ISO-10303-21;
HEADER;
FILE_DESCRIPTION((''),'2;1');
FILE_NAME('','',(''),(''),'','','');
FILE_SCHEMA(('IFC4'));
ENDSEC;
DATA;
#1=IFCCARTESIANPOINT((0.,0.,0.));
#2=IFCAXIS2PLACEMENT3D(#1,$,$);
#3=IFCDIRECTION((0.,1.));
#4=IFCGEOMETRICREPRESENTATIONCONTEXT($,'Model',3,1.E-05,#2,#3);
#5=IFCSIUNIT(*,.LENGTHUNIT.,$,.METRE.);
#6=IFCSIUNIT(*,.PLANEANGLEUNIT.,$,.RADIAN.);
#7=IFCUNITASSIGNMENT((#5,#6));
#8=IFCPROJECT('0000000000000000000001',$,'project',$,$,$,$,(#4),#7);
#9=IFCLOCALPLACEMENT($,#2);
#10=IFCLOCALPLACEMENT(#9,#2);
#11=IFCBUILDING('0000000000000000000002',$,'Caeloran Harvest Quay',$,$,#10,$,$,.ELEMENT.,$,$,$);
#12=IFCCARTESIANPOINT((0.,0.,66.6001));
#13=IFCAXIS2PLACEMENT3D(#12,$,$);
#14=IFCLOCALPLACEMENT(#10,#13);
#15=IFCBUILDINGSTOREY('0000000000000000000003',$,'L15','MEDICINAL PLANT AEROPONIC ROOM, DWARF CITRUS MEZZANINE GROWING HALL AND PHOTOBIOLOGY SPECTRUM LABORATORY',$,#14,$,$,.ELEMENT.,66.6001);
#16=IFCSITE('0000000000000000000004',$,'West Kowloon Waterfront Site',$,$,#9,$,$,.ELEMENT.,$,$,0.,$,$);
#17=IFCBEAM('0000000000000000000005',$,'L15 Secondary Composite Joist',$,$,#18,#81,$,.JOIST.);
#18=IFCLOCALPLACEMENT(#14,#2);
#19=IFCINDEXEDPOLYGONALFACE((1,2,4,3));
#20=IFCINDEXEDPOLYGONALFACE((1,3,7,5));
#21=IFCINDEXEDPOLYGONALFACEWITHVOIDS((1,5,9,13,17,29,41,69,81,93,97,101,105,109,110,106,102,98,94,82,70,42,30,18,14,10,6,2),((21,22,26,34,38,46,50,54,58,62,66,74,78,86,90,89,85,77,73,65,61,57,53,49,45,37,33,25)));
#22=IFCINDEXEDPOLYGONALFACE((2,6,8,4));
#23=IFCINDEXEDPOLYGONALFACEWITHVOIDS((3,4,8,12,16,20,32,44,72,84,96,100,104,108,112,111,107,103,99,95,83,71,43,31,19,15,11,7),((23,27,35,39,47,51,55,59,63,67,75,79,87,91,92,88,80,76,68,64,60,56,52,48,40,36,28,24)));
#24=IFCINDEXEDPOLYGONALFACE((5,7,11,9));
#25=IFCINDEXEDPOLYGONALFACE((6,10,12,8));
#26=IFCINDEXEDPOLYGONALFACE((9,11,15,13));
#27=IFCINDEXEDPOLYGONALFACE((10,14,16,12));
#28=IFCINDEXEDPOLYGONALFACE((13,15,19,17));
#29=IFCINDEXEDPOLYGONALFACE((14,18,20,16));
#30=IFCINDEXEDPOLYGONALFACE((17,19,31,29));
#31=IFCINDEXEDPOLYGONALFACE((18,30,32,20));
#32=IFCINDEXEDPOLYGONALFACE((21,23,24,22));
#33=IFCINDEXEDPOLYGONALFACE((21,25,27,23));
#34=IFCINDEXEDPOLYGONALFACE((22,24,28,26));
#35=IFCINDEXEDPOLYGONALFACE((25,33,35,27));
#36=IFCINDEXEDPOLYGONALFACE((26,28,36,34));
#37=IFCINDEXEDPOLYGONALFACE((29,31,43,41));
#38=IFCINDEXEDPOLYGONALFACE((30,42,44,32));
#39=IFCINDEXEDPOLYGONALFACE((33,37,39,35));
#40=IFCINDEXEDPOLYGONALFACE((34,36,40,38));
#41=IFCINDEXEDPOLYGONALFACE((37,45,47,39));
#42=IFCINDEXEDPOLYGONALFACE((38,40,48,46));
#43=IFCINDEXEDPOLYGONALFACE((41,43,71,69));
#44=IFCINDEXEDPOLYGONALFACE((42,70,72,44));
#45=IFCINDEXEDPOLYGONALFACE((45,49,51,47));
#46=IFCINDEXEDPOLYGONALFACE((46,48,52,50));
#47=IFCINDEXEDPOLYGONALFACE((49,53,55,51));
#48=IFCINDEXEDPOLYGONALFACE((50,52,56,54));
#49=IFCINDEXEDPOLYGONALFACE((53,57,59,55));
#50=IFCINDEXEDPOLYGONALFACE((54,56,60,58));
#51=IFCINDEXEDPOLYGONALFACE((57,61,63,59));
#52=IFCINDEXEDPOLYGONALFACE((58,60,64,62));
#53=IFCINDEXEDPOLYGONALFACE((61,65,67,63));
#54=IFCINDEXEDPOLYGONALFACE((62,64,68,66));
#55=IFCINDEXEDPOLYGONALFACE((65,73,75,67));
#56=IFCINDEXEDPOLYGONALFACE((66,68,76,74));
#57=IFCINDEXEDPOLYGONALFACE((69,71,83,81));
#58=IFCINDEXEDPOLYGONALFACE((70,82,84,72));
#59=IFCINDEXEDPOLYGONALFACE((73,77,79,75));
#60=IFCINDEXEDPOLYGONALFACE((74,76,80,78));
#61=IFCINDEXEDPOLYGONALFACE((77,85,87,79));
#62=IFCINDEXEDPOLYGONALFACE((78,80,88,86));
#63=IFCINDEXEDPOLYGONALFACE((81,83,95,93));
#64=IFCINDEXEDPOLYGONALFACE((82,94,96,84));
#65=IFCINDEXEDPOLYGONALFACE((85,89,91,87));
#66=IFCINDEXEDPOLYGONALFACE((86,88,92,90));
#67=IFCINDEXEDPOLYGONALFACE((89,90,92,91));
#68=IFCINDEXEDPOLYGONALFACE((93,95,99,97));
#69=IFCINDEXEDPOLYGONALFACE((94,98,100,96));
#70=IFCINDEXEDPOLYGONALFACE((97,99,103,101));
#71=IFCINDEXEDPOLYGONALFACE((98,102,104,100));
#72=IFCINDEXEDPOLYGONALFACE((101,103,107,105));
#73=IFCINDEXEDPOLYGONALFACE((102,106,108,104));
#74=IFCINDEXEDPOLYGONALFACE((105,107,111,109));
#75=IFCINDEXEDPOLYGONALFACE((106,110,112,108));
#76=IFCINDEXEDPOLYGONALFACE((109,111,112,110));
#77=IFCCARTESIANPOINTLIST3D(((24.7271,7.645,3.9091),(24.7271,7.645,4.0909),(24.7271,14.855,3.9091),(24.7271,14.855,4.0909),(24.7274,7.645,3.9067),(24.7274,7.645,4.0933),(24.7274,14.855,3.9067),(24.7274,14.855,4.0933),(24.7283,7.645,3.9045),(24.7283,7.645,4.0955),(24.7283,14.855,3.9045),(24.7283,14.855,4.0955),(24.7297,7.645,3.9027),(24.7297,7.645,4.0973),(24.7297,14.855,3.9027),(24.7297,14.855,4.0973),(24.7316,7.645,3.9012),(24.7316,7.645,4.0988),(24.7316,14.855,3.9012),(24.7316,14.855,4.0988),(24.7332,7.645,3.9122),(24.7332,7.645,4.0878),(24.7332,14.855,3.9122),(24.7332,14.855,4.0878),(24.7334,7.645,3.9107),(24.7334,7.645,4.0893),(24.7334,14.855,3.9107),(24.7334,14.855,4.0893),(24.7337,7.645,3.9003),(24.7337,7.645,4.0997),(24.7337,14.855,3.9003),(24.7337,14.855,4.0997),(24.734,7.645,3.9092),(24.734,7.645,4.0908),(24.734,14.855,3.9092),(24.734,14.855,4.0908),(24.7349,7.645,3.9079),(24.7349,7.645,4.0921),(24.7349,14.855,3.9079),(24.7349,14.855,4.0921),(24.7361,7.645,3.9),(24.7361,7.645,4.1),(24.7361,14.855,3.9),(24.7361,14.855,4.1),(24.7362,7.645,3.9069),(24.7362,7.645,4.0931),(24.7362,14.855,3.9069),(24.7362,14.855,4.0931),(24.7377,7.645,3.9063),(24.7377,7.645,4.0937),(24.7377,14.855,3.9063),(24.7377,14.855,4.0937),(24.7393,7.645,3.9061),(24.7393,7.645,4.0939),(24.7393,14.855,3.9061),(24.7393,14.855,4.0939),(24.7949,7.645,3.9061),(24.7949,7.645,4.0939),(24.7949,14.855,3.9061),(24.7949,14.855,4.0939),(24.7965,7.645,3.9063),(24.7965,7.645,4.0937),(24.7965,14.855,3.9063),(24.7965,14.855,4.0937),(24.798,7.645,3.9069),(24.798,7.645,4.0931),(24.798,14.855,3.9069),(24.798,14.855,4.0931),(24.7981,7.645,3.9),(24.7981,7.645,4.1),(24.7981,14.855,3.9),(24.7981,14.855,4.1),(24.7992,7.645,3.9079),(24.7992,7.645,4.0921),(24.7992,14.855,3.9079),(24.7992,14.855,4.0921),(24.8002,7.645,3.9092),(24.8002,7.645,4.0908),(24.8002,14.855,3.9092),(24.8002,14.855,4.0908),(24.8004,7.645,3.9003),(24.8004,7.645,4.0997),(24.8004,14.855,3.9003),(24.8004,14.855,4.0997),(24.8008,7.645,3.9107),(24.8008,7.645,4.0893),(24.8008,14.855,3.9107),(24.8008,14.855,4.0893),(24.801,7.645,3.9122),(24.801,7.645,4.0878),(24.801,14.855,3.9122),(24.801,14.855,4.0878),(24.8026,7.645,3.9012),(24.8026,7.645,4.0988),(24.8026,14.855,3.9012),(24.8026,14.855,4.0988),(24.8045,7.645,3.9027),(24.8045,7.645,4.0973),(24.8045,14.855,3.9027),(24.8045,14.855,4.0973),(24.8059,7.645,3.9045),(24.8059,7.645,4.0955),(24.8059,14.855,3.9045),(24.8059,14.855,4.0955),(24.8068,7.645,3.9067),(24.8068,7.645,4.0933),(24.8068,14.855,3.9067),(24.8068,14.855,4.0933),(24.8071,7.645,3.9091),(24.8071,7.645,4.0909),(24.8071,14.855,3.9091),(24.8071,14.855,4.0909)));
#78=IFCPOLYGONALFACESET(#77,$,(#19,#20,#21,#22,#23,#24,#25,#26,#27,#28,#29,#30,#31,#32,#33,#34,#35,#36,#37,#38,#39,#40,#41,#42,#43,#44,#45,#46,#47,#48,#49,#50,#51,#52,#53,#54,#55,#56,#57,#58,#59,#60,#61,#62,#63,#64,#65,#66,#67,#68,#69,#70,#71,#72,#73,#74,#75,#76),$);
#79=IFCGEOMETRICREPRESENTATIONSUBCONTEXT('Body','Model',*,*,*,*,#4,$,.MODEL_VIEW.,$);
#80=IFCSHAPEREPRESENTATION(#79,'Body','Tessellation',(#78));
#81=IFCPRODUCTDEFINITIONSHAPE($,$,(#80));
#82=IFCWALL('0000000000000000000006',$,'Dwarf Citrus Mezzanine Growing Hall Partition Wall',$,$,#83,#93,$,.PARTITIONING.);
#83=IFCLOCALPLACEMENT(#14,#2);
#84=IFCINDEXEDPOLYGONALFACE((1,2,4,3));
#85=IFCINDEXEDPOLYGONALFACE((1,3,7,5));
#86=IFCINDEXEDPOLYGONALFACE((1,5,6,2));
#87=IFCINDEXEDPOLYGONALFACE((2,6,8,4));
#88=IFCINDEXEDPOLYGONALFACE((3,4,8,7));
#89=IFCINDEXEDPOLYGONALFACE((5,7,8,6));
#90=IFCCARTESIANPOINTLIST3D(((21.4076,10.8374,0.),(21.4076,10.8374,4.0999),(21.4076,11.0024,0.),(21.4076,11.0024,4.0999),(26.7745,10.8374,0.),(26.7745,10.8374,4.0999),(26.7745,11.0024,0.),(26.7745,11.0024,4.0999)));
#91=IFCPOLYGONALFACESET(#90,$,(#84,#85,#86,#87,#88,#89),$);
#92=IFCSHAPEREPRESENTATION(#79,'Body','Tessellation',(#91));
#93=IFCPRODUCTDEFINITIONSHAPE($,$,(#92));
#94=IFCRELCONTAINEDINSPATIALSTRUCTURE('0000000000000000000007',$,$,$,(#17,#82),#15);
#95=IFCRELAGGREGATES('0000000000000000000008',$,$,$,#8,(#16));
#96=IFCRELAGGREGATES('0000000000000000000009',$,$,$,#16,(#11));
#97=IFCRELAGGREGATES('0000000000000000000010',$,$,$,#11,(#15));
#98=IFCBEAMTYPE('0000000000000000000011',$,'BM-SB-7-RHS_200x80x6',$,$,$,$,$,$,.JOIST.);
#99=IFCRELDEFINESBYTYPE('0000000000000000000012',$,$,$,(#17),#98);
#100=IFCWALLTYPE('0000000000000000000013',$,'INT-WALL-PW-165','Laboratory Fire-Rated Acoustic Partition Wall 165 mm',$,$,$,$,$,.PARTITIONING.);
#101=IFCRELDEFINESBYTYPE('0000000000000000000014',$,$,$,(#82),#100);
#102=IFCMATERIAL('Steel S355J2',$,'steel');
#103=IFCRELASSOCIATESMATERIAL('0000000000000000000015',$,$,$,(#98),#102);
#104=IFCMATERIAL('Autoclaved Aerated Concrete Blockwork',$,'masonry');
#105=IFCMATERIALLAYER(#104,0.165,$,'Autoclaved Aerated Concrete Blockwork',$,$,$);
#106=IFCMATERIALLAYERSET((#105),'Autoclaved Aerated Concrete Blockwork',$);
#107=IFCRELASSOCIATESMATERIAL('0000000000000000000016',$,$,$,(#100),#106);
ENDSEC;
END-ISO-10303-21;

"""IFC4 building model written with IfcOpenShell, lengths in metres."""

from ifc_helpers import new_model, si_unit, direction, frame, frame_2d, origin, origin_2d, place, context, subcontext, project, spatial, rectangle, hollow_rectangle, extrude, material, layer, layer_set, material_profile, profile_set, type_object, element, save


model = new_model("IFC4")

# Units and contexts
model_context = context("Model", 3, precision=1e-05, world=origin(), true_north=direction((0.0, 1.0)))
body_context = subcontext(model_context, "Body", "Model", "MODEL_VIEW")
ifc_project = project(units=[si_unit("LENGTHUNIT", "METRE"), si_unit("PLANEANGLEUNIT", "RADIAN")], contexts=[model_context])

# Site, building, storey
site_placement = place(None, origin())
site = spatial("IfcSite", under=ifc_project, at=site_placement, Name="West Kowloon Waterfront Site", CompositionType="ELEMENT", RefElevation=0.0)
building_placement = place(site_placement, origin())
building = spatial("IfcBuilding", under=site, at=building_placement, Name="Caeloran Harvest Quay", CompositionType="ELEMENT")
storey_placement = place(building_placement, frame((0.0, 0.0, 66.6001)))
storey = spatial("IfcBuildingStorey", under=building, at=storey_placement, Name="L15", Description="MEDICINAL PLANT AEROPONIC ROOM, DWARF CITRUS MEZZANINE GROWING HALL AND PHOTOBIOLOGY SPECTRUM LABORATORY", CompositionType="ELEMENT", Elevation=66.6001)

# Beam
ifc_material_1 = material(Name="Steel S355J2", Category="steel")
ifc_material_profile_1 = material_profile(ifc_material_1, hollow_rectangle(XDim=0.0801, YDim=0.2, WallThickness=0.0061, InnerFilletRadius=0.0061, OuterFilletRadius=0.009, at=origin_2d()), Name="RHS 200x80x6")
ifc_profile_set_1 = profile_set([ifc_material_profile_1], Name="Steel S355J2")
beam_type_1 = type_object("IfcBeamType", Name="BM-SB-7-RHS_200x80x6", PredefinedType="JOIST", material=ifc_profile_set_1)
for number, where, z_axis, x_axis, name in (
    (1, (24.7671, 7.645, 4.0), (0.0, 1.0, 0.0), (-1.0, 0.0, 0.0), "L15 Secondary Composite Joist"),
):
    element("IfcBeam", number, at=place(storey_placement, frame(where, z_axis=z_axis, x_axis=x_axis)), inside=storey, type_object=beam_type_1, Name=name, PredefinedType="JOIST", context=body_context, shape_type="SweptSolid", body=[
        extrude(hollow_rectangle(XDim=0.0801, YDim=0.2, WallThickness=0.0061, InnerFilletRadius=0.0061, OuterFilletRadius=0.009, at=origin_2d()), origin(), (0.0, 0.0, 1.0), 7.21),
    ])

# Wall
ifc_material_2 = material(Name="Autoclaved Aerated Concrete Blockwork", Category="masonry")
ifc_layer = layer(ifc_material_2, 0.165, Name="Autoclaved Aerated Concrete Blockwork")
ifc_layer_set = layer_set([ifc_layer], Name="Autoclaved Aerated Concrete Blockwork")
wall_type = type_object("IfcWallType", Name="INT-WALL-PW-165", Description="Laboratory Fire-Rated Acoustic Partition Wall 165 mm", PredefinedType="PARTITIONING", material=ifc_layer_set)
wall_placement = place(storey_placement, frame((21.4075, 10.9199, 0.0), z_axis=(0.0, 0.0, 1.0), x_axis=(1.0, 0.0, 0.0)))
element("IfcWall", 2, at=wall_placement, inside=storey, type_object=wall_type, Name="Dwarf Citrus Mezzanine Growing Hall Partition Wall", PredefinedType="PARTITIONING", context=body_context, shape_type="SweptSolid", body=[
    extrude(rectangle(XDim=5.3669, YDim=0.165, at=frame_2d((2.6836, 0.0))), origin(), (0.0, 0.0, 1.0), 4.0999),
])

save(model, "model.ifc")
